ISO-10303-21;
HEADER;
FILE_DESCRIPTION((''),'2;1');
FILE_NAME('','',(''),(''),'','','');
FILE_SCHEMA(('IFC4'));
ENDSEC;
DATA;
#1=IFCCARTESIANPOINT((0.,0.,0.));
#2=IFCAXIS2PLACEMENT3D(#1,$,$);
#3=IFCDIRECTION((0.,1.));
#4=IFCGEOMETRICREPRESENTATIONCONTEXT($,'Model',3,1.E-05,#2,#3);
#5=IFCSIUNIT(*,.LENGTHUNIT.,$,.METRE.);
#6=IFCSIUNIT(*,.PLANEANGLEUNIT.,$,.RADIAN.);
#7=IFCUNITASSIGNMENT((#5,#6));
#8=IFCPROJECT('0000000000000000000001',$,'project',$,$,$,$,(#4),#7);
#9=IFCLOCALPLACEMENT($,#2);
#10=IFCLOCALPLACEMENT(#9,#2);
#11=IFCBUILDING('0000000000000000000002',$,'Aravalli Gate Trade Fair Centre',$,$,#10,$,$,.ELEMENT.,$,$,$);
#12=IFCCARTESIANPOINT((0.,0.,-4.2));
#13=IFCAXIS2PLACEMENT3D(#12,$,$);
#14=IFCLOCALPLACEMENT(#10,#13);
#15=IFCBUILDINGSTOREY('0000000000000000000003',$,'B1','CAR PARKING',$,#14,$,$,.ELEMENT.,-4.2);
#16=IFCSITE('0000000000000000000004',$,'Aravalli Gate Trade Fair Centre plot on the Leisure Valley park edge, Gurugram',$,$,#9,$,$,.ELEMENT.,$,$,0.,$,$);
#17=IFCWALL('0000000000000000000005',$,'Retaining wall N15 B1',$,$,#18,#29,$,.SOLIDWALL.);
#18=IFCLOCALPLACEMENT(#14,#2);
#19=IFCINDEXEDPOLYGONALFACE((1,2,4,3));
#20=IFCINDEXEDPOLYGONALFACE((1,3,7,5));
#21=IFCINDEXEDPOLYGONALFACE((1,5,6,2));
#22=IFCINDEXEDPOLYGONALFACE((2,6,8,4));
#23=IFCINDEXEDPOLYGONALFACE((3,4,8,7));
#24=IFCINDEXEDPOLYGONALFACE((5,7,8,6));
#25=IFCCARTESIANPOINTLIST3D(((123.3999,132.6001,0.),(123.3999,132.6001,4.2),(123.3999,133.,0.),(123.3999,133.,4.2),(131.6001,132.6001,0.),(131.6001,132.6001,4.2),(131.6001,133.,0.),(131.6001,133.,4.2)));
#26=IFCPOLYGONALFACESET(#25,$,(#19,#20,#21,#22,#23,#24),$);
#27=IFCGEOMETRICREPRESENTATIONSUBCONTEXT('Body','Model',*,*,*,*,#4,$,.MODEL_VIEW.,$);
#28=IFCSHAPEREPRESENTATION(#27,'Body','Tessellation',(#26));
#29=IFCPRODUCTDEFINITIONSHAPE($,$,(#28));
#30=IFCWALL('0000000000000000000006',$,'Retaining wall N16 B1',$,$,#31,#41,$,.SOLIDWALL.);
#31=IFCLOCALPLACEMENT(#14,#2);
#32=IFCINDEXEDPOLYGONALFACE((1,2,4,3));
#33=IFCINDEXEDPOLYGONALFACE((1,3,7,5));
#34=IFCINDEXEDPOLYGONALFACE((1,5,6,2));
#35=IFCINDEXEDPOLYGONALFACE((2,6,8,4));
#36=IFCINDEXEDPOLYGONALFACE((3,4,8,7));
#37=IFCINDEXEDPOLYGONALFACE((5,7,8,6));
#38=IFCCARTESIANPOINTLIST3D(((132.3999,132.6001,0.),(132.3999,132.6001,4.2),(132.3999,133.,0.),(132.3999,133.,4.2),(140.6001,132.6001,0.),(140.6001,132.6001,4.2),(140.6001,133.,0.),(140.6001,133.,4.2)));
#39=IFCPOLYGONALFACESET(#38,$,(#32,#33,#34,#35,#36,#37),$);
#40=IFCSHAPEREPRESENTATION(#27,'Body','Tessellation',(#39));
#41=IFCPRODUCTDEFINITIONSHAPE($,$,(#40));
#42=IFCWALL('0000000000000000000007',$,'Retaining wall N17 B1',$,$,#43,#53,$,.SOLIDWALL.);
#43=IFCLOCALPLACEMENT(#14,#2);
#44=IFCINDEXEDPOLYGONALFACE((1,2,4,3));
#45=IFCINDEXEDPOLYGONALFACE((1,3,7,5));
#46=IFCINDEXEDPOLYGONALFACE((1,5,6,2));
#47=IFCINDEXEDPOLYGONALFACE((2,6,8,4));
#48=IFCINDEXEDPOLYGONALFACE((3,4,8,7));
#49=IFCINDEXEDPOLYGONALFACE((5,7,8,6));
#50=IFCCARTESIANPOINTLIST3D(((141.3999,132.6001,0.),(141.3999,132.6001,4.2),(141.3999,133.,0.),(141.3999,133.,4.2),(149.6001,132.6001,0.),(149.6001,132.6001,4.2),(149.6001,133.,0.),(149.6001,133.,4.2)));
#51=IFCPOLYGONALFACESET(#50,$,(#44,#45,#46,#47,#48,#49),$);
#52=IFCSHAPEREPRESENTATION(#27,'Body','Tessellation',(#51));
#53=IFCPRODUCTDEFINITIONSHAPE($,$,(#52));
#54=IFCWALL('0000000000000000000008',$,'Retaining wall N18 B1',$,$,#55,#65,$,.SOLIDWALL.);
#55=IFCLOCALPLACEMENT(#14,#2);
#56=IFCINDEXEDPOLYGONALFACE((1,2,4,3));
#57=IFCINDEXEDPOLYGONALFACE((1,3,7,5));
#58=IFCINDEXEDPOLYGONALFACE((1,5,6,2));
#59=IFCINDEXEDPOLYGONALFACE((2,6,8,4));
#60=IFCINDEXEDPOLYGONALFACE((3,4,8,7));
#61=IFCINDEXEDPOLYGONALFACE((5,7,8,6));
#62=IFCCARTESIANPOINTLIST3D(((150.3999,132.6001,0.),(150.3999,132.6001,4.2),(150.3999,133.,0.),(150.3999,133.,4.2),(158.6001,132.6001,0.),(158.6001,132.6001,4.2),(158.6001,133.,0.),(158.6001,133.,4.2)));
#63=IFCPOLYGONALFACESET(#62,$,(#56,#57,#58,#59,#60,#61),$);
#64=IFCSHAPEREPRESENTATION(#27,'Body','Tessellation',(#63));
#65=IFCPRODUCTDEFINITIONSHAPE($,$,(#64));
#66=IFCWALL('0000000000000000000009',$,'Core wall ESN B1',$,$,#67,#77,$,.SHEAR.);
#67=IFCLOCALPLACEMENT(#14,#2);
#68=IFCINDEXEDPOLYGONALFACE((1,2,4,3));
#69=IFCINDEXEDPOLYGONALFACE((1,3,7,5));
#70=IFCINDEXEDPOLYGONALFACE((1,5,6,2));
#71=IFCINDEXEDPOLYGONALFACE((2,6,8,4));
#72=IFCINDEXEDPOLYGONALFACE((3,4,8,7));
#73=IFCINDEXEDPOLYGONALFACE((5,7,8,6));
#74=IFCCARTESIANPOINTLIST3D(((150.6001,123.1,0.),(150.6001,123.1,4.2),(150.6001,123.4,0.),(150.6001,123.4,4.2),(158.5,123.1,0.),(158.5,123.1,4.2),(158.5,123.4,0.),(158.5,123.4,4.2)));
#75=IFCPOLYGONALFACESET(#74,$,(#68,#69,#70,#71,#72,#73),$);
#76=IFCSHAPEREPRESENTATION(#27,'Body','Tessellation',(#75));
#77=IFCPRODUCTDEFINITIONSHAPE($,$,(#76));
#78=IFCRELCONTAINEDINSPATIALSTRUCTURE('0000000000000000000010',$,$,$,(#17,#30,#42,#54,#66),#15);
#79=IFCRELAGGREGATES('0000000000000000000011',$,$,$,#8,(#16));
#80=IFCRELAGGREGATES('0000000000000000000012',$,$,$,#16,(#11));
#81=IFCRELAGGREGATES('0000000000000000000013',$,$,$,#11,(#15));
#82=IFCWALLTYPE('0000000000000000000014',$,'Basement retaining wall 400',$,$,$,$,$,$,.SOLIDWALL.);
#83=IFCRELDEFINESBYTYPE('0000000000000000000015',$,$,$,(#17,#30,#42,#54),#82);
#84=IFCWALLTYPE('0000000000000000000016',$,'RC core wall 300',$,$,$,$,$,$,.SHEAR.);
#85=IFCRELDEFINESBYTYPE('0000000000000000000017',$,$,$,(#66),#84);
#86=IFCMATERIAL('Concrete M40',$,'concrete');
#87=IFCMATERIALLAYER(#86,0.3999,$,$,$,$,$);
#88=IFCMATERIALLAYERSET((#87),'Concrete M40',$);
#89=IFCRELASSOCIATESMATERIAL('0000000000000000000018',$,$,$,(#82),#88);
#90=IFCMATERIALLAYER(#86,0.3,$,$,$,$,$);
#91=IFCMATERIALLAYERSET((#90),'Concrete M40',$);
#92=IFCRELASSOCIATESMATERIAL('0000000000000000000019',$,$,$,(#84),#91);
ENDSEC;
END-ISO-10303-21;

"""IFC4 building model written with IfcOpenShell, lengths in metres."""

from ifc_helpers import new_model, si_unit, direction, frame, frame_2d, origin, place, context, subcontext, project, spatial, rectangle, extrude, material, layer, layer_set, type_object, element, save


model = new_model("IFC4")

# Units and contexts
model_context = context("Model", 3, precision=1e-05, world=origin(), true_north=direction((0.0, 1.0)))
body_context = subcontext(model_context, "Body", "Model", "MODEL_VIEW")
ifc_project = project(units=[si_unit("LENGTHUNIT", "METRE"), si_unit("PLANEANGLEUNIT", "RADIAN")], contexts=[model_context])

# Site, building, storey
site_placement = place(None, origin())
site = spatial("IfcSite", under=ifc_project, at=site_placement, Name="Aravalli Gate Trade Fair Centre plot on the Leisure Valley park edge, Gurugram", CompositionType="ELEMENT", RefElevation=0.0)
building_placement = place(site_placement, origin())
building = spatial("IfcBuilding", under=site, at=building_placement, Name="Aravalli Gate Trade Fair Centre", CompositionType="ELEMENT")
storey_placement = place(building_placement, frame((0.0, 0.0, -4.2)))
storey = spatial("IfcBuildingStorey", under=building, at=storey_placement, Name="B1", Description="CAR PARKING", CompositionType="ELEMENT", Elevation=-4.2)

# Walls
ifc_material_1 = material(Name="Concrete M40", Category="concrete")
ifc_layer_1 = layer(ifc_material_1, 0.3999)
ifc_layer_set_1 = layer_set([ifc_layer_1], Name="Concrete M40")
wall_type_1 = type_object("IfcWallType", Name="Basement retaining wall 400", PredefinedType="SOLIDWALL", material=ifc_layer_set_1)
for number, where, z_axis, x_axis, name in (
    (1, (123.3999, 132.8, 0.0), (0.0, 0.0, 1.0), (1.0, 0.0, 0.0), "Retaining wall N15 B1"),
    (2, (132.3999, 132.8, 0.0), (0.0, 0.0, 1.0), (1.0, 0.0, 0.0), "Retaining wall N16 B1"),
    (3, (141.3999, 132.8, 0.0), (0.0, 0.0, 1.0), (1.0, 0.0, 0.0), "Retaining wall N17 B1"),
    (4, (150.3999, 132.8, 0.0), (0.0, 0.0, 1.0), (1.0, 0.0, 0.0), "Retaining wall N18 B1"),
):
    element("IfcWall", number, at=place(storey_placement, frame(where, z_axis=z_axis, x_axis=x_axis)), inside=storey, type_object=wall_type_1, Name=name, PredefinedType="SOLIDWALL", context=body_context, shape_type="SweptSolid", body=[
        extrude(rectangle(XDim=8.2002, YDim=0.3999, at=frame_2d((4.1001, 0.0))), origin(), (0.0, 0.0, 1.0), 4.2),
    ])
ifc_layer_2 = layer(ifc_material_1, 0.3)
ifc_layer_set_2 = layer_set([ifc_layer_2], Name="Concrete M40")
wall_type_2 = type_object("IfcWallType", Name="RC core wall 300", PredefinedType="SHEAR", material=ifc_layer_set_2)
wall_placement = place(storey_placement, frame((150.6001, 123.25, 0.0), z_axis=(0.0, 0.0, 1.0), x_axis=(1.0, 0.0, 0.0)))
element("IfcWall", 5, at=wall_placement, inside=storey, type_object=wall_type_2, Name="Core wall ESN B1", PredefinedType="SHEAR", context=body_context, shape_type="SweptSolid", body=[
    extrude(rectangle(XDim=7.8999, YDim=0.3, at=frame_2d((3.95, 0.0))), origin(), (0.0, 0.0, 1.0), 4.2),
])

save(model, "model.ifc")
